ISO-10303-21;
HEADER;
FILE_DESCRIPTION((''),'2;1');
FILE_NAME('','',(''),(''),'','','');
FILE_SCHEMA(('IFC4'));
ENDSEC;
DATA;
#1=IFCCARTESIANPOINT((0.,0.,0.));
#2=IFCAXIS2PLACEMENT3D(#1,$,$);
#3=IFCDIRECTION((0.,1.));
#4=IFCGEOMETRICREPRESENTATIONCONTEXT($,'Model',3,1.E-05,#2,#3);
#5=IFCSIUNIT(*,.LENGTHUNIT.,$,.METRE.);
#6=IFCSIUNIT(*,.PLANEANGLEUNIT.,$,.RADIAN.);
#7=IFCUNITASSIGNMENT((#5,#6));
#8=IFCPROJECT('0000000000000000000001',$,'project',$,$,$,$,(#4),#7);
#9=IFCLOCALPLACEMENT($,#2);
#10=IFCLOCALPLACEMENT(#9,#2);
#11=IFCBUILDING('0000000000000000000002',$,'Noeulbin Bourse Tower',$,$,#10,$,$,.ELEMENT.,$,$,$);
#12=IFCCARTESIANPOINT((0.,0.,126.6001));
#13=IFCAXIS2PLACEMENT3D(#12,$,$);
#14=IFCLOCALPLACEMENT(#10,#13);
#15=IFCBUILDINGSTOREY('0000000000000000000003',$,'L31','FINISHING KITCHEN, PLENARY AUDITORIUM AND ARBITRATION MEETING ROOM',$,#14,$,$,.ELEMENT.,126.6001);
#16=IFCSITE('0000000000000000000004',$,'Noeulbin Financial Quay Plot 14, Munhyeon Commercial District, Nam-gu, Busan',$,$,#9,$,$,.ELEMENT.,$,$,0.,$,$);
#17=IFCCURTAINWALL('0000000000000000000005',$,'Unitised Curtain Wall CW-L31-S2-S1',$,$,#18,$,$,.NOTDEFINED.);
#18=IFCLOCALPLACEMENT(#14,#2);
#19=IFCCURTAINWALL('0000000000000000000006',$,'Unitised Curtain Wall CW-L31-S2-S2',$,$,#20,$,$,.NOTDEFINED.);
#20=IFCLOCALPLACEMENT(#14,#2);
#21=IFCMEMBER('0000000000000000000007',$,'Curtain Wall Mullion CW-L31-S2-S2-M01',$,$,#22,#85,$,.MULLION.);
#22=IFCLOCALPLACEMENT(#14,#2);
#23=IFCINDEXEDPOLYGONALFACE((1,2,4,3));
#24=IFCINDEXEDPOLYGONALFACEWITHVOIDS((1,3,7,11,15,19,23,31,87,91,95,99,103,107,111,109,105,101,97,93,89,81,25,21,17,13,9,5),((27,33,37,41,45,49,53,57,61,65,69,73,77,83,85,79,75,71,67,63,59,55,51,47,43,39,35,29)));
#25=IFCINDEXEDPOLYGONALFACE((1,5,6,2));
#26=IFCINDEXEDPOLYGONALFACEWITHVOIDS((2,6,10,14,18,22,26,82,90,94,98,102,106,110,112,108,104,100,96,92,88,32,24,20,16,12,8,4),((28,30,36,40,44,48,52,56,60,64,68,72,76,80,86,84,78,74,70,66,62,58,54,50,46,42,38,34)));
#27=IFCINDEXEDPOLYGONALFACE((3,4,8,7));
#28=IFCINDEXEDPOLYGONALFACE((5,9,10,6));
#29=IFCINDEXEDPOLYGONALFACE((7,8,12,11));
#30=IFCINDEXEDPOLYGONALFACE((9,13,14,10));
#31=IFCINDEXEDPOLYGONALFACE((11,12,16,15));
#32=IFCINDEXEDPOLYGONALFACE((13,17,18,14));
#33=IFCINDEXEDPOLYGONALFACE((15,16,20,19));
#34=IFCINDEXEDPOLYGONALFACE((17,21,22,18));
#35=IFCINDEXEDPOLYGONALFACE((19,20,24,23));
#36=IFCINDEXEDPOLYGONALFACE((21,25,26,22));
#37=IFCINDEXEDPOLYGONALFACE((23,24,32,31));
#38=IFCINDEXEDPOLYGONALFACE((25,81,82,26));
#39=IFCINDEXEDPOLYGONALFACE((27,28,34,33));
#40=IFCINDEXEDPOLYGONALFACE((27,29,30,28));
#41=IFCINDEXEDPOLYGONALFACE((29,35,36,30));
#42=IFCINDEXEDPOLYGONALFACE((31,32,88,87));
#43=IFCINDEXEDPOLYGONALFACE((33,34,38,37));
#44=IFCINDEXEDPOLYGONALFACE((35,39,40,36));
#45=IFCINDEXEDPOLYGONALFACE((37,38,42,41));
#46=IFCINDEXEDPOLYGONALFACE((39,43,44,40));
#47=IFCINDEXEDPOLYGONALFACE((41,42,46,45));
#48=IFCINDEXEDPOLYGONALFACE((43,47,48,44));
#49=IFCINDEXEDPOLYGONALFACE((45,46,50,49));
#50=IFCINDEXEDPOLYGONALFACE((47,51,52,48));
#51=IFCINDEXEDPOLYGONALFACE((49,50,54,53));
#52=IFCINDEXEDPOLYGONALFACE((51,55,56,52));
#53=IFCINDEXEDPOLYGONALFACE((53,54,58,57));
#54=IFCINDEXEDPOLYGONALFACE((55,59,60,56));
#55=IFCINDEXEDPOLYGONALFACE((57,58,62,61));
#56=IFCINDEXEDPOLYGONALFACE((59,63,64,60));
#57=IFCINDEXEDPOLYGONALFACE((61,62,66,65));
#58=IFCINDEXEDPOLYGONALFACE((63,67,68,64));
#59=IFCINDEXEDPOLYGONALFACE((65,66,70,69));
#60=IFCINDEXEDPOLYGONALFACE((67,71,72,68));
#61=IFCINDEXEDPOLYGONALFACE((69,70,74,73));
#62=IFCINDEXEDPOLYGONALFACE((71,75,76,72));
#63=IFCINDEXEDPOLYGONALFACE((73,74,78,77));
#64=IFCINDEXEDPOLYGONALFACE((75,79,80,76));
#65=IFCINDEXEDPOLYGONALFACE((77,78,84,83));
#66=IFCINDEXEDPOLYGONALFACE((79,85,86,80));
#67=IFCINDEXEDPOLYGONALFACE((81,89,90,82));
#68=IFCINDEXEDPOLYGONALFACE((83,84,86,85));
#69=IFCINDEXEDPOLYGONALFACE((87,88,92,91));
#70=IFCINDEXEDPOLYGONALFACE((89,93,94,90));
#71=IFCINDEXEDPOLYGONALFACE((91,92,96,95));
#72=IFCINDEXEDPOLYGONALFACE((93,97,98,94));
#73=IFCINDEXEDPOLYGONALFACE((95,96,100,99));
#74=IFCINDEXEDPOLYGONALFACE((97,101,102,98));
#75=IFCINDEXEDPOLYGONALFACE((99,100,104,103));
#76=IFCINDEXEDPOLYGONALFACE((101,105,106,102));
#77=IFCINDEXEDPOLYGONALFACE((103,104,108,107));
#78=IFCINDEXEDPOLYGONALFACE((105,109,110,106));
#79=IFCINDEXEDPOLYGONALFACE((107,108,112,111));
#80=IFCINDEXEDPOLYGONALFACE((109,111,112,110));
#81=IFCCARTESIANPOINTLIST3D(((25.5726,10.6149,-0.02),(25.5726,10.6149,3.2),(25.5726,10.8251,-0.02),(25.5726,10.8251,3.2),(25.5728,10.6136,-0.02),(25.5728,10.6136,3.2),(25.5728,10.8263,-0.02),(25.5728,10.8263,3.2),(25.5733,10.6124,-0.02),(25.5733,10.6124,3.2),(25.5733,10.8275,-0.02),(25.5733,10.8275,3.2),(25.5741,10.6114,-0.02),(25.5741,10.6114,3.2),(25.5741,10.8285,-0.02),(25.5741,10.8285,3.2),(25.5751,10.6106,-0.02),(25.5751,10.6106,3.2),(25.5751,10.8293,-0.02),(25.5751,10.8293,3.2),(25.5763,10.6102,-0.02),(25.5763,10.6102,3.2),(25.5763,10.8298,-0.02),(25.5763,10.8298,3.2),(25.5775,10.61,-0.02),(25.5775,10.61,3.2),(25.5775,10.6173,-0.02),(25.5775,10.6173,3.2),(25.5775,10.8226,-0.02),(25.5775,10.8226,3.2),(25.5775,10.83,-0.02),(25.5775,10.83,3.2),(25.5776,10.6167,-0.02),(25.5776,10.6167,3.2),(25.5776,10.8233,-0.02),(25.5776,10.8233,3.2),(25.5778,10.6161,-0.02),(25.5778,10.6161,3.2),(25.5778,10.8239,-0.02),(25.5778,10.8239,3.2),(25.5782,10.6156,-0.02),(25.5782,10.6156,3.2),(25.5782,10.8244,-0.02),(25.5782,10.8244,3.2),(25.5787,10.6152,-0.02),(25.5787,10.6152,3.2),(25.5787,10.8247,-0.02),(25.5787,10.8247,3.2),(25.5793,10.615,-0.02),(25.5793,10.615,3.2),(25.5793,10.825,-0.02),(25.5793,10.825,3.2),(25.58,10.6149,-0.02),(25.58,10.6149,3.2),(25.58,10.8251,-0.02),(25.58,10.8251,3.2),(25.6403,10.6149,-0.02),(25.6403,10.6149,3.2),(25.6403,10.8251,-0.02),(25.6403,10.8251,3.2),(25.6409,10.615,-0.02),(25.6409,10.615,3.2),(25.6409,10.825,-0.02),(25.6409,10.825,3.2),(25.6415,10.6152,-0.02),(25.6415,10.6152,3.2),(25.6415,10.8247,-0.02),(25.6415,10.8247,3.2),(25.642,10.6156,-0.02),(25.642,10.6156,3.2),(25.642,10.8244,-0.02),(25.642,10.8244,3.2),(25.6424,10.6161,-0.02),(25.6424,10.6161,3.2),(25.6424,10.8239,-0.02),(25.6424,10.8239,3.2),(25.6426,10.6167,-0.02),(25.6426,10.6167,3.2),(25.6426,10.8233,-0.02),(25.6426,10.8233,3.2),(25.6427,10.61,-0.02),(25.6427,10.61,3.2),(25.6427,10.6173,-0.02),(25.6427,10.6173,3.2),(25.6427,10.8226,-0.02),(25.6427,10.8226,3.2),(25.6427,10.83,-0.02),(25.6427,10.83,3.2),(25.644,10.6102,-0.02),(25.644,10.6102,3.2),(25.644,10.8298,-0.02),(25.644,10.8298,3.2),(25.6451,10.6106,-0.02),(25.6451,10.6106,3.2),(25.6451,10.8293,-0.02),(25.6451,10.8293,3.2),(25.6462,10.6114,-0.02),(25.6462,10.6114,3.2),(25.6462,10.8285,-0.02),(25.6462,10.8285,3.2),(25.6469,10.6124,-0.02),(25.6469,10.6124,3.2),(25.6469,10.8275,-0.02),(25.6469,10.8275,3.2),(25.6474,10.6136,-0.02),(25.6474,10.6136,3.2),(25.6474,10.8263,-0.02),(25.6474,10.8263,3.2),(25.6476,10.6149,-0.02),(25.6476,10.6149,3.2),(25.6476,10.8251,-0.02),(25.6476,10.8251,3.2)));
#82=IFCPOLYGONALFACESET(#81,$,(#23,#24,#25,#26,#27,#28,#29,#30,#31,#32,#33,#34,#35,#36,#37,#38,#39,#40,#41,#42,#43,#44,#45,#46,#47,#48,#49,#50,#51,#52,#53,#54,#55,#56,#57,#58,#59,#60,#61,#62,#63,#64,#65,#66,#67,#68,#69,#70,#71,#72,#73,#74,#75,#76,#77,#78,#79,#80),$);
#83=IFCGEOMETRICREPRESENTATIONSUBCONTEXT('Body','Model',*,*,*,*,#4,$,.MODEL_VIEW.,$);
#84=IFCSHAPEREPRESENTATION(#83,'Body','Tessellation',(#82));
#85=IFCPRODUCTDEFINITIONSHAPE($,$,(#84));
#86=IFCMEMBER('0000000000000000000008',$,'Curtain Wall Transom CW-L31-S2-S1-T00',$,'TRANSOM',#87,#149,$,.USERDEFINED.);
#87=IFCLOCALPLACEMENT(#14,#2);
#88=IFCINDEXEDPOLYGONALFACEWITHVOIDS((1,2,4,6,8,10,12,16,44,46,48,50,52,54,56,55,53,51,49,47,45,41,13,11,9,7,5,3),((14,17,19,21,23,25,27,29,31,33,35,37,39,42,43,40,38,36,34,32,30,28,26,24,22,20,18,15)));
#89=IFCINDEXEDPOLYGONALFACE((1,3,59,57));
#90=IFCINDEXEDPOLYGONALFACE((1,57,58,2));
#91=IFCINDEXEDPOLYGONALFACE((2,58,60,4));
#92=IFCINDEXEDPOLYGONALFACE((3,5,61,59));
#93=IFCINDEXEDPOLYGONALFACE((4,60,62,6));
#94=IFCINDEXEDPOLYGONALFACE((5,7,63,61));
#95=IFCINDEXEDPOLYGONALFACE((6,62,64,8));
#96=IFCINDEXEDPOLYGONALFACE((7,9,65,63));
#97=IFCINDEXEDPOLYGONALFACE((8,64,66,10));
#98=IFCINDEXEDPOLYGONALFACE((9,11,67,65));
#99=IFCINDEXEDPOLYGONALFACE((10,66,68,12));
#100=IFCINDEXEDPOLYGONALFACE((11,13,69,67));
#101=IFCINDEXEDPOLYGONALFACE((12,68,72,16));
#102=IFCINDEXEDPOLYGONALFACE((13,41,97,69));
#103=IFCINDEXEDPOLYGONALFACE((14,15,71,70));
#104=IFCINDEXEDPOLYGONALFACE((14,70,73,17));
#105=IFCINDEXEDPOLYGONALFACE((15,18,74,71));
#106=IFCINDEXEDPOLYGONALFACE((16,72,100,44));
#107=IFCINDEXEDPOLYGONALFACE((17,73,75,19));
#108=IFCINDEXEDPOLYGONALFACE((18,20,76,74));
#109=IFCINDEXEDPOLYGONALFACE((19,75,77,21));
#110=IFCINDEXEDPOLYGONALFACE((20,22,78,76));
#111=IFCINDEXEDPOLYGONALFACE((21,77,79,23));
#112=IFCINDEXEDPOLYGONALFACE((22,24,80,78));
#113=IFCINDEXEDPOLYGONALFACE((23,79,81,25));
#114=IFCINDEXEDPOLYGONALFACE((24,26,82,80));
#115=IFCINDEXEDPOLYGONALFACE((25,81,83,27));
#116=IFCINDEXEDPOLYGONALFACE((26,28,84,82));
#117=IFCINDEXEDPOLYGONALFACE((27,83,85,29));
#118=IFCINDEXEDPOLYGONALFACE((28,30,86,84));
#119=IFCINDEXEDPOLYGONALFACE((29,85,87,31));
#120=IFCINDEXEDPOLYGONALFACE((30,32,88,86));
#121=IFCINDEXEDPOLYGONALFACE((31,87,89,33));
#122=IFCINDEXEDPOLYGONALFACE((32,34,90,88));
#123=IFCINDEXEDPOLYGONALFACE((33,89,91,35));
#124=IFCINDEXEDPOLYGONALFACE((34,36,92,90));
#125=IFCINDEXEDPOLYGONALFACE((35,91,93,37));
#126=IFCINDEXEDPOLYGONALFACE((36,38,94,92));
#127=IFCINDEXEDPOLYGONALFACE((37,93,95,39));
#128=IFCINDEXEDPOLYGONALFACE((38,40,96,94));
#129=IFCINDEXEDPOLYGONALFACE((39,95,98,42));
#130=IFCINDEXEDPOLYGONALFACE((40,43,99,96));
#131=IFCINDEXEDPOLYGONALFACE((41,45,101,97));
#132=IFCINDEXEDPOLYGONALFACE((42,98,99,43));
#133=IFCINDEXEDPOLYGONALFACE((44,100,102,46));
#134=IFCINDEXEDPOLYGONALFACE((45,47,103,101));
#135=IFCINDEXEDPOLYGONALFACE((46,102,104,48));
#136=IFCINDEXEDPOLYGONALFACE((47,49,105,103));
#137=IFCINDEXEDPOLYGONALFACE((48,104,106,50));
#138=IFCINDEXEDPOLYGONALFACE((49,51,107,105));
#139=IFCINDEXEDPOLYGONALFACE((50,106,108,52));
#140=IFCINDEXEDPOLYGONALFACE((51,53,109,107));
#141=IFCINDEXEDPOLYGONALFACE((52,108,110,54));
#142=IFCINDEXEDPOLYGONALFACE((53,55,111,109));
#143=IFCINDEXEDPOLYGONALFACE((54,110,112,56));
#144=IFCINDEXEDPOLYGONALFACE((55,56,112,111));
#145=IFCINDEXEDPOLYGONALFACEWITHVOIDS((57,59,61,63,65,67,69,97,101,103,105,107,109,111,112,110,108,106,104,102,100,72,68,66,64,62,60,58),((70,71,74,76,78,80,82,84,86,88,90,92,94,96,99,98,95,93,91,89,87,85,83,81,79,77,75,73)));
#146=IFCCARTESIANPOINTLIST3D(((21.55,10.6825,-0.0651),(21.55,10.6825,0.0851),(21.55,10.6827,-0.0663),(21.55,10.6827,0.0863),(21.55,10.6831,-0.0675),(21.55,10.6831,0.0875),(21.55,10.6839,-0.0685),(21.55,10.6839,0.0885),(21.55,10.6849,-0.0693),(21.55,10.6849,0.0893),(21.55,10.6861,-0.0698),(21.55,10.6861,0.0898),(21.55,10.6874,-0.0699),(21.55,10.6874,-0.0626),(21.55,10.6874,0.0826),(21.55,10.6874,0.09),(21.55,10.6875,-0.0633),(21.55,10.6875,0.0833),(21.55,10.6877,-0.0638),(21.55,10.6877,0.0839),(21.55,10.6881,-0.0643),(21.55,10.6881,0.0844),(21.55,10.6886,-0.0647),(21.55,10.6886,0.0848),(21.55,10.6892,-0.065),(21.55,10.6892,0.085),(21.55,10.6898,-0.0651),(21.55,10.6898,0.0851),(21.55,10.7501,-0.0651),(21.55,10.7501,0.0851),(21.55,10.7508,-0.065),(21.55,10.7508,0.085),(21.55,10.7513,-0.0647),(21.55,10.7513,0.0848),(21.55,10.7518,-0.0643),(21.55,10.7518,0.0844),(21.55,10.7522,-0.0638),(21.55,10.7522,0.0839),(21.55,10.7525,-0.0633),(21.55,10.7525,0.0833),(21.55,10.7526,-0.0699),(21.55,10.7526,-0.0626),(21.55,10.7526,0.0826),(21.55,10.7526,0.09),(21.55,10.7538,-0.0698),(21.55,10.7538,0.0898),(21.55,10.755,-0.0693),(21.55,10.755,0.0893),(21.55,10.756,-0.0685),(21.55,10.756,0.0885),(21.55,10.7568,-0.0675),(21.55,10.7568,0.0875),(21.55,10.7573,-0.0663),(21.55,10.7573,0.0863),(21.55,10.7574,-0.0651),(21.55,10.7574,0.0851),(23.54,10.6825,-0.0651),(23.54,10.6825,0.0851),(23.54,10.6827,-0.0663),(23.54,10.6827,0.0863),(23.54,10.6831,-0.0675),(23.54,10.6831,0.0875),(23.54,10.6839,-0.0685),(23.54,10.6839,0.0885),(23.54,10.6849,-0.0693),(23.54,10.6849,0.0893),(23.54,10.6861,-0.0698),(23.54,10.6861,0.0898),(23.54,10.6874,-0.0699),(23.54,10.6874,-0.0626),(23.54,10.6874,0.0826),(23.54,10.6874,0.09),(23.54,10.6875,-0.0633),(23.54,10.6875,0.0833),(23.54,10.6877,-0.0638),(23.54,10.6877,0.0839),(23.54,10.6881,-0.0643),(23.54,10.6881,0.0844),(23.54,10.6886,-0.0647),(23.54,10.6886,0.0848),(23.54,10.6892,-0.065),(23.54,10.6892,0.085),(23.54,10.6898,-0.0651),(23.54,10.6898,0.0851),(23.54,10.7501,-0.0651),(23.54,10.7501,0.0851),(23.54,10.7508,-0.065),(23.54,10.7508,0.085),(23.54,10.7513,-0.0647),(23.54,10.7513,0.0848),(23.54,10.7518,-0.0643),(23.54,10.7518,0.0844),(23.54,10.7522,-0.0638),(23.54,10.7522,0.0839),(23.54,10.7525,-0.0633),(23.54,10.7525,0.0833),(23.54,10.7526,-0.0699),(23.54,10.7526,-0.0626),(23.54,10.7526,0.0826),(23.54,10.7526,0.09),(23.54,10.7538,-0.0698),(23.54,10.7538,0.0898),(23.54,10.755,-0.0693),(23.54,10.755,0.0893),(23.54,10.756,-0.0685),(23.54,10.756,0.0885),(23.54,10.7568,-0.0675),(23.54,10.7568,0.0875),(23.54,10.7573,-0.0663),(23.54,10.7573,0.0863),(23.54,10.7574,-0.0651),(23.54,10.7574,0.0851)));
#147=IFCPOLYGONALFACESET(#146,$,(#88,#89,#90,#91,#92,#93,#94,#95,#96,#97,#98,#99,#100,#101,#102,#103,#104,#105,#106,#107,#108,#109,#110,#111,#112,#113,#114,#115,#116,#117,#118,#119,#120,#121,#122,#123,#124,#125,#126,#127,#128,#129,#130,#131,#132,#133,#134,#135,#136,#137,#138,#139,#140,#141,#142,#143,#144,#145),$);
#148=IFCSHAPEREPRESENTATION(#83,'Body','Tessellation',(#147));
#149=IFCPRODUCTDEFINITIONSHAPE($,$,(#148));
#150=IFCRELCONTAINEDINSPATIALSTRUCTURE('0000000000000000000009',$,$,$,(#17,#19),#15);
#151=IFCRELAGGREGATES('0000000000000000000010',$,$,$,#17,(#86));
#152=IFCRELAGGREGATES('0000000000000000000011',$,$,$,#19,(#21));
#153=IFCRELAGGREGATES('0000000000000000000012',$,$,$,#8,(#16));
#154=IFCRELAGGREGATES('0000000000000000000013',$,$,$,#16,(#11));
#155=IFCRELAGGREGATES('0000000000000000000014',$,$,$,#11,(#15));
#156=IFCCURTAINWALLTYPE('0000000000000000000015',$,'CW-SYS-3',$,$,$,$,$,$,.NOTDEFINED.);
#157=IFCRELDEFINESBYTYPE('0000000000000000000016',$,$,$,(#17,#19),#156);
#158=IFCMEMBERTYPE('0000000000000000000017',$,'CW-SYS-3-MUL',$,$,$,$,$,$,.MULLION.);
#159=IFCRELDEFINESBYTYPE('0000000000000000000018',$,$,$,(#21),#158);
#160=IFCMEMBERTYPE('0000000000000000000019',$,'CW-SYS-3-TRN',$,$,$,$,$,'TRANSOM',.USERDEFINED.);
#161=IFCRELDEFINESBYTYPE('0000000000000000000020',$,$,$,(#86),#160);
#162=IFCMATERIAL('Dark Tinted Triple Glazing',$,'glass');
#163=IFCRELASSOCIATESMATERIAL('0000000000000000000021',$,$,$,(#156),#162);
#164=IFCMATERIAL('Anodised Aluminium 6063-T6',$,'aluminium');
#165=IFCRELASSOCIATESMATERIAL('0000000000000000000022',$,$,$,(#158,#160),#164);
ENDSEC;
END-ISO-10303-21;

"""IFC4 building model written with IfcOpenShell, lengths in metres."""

from ifc_helpers import new_model, si_unit, direction, frame, origin, origin_2d, place, context, subcontext, project, spatial, hollow_rectangle, extrude, material, material_profile, profile_set, type_object, element, aggregate, save


model = new_model("IFC4")

# Units and contexts
model_context = context("Model", 3, precision=1e-05, world=origin(), true_north=direction((0.0, 1.0)))
body_context = subcontext(model_context, "Body", "Model", "MODEL_VIEW")
ifc_project = project(units=[si_unit("LENGTHUNIT", "METRE"), si_unit("PLANEANGLEUNIT", "RADIAN")], contexts=[model_context])

# Site, building, storey
site_placement = place(None, origin())
site = spatial("IfcSite", under=ifc_project, at=site_placement, Name="Noeulbin Financial Quay Plot 14, Munhyeon Commercial District, Nam-gu, Busan", CompositionType="ELEMENT", RefElevation=0.0)
building_placement = place(site_placement, origin())
building = spatial("IfcBuilding", under=site, at=building_placement, Name="Noeulbin Bourse Tower", CompositionType="ELEMENT")
storey_placement = place(building_placement, frame((0.0, 0.0, 126.6001)))
storey = spatial("IfcBuildingStorey", under=building, at=storey_placement, Name="L31", Description="FINISHING KITCHEN, PLENARY AUDITORIUM AND ARBITRATION MEETING ROOM", CompositionType="ELEMENT", Elevation=126.6001)

# Shared definitions
ifc_material_1 = material(Name="Dark Tinted Triple Glazing", Category="glass")
curtain_wall_type = type_object("IfcCurtainWallType", Name="CW-SYS-3", PredefinedType="NOTDEFINED", material=ifc_material_1)
ifc_material_2 = material(Name="Anodised Aluminium 6063-T6", Category="aluminium")
ifc_material_profile_1 = material_profile(ifc_material_2, hollow_rectangle(XDim=0.075, YDim=0.22, WallThickness=0.0049, InnerFilletRadius=0.0024, OuterFilletRadius=0.0049, at=origin_2d()), Name="ALU-MULL-75x220x5", Category="LoadBearing")
ifc_profile_set_1 = profile_set([ifc_material_profile_1], Name="Anodised Aluminium 6063-T6")
member_type_1 = type_object("IfcMemberType", Name="CW-SYS-3-MUL", PredefinedType="MULLION", material=ifc_profile_set_1)

# Curtain walls, member
curtain_wall_1_placement = place(storey_placement, origin())
curtain_wall_1 = element("IfcCurtainWall", 1, at=curtain_wall_1_placement, inside=storey, type_object=curtain_wall_type, Name="Unitised Curtain Wall CW-L31-S2-S1", PredefinedType="NOTDEFINED")
curtain_wall_2_placement = place(storey_placement, origin())
curtain_wall_2 = element("IfcCurtainWall", 2, at=curtain_wall_2_placement, inside=storey, type_object=curtain_wall_type, Name="Unitised Curtain Wall CW-L31-S2-S2", PredefinedType="NOTDEFINED")
member_1_placement = place(storey_placement, frame((25.6101, 10.72, -0.02), z_axis=(0.0, 0.0, 1.0), x_axis=(1.0, 0.0, 0.0)))
member_1 = element("IfcMember", 3, at=member_1_placement, type_object=member_type_1, Name="Curtain Wall Mullion CW-L31-S2-S2-M01", PredefinedType="MULLION", context=body_context, shape_type="SweptSolid", body=[
    extrude(hollow_rectangle(XDim=0.075, YDim=0.22, WallThickness=0.0049, InnerFilletRadius=0.0024, OuterFilletRadius=0.0049, at=origin_2d()), origin(), (0.0, 0.0, 1.0), 3.22),
])

# Member
ifc_material_profile_2 = material_profile(ifc_material_2, hollow_rectangle(XDim=0.075, YDim=0.1599, WallThickness=0.0049, InnerFilletRadius=0.0024, OuterFilletRadius=0.0049, at=origin_2d()), Name="ALU-TRAN-75x160x5", Category="LoadBearing")
ifc_profile_set_2 = profile_set([ifc_material_profile_2], Name="Anodised Aluminium 6063-T6")
member_type_2 = type_object("IfcMemberType", Name="CW-SYS-3-TRN", ElementType="TRANSOM", PredefinedType="USERDEFINED", material=ifc_profile_set_2)
member_2_placement = place(storey_placement, frame((21.55, 10.72, 0.01), z_axis=(1.0, 0.0, 0.0), x_axis=(0.0, 1.0, 0.0)))
member_2 = element("IfcMember", 4, at=member_2_placement, type_object=member_type_2, Name="Curtain Wall Transom CW-L31-S2-S1-T00", ObjectType="TRANSOM", PredefinedType="USERDEFINED", context=body_context, shape_type="SweptSolid", body=[
    extrude(hollow_rectangle(XDim=0.075, YDim=0.1599, WallThickness=0.0049, InnerFilletRadius=0.0024, OuterFilletRadius=0.0049, at=origin_2d()), origin(), (0.0, 0.0, 1.0), 1.99),
])

aggregate(curtain_wall_1, [member_2])
aggregate(curtain_wall_2, [member_1])

save(model, "model.ifc")
